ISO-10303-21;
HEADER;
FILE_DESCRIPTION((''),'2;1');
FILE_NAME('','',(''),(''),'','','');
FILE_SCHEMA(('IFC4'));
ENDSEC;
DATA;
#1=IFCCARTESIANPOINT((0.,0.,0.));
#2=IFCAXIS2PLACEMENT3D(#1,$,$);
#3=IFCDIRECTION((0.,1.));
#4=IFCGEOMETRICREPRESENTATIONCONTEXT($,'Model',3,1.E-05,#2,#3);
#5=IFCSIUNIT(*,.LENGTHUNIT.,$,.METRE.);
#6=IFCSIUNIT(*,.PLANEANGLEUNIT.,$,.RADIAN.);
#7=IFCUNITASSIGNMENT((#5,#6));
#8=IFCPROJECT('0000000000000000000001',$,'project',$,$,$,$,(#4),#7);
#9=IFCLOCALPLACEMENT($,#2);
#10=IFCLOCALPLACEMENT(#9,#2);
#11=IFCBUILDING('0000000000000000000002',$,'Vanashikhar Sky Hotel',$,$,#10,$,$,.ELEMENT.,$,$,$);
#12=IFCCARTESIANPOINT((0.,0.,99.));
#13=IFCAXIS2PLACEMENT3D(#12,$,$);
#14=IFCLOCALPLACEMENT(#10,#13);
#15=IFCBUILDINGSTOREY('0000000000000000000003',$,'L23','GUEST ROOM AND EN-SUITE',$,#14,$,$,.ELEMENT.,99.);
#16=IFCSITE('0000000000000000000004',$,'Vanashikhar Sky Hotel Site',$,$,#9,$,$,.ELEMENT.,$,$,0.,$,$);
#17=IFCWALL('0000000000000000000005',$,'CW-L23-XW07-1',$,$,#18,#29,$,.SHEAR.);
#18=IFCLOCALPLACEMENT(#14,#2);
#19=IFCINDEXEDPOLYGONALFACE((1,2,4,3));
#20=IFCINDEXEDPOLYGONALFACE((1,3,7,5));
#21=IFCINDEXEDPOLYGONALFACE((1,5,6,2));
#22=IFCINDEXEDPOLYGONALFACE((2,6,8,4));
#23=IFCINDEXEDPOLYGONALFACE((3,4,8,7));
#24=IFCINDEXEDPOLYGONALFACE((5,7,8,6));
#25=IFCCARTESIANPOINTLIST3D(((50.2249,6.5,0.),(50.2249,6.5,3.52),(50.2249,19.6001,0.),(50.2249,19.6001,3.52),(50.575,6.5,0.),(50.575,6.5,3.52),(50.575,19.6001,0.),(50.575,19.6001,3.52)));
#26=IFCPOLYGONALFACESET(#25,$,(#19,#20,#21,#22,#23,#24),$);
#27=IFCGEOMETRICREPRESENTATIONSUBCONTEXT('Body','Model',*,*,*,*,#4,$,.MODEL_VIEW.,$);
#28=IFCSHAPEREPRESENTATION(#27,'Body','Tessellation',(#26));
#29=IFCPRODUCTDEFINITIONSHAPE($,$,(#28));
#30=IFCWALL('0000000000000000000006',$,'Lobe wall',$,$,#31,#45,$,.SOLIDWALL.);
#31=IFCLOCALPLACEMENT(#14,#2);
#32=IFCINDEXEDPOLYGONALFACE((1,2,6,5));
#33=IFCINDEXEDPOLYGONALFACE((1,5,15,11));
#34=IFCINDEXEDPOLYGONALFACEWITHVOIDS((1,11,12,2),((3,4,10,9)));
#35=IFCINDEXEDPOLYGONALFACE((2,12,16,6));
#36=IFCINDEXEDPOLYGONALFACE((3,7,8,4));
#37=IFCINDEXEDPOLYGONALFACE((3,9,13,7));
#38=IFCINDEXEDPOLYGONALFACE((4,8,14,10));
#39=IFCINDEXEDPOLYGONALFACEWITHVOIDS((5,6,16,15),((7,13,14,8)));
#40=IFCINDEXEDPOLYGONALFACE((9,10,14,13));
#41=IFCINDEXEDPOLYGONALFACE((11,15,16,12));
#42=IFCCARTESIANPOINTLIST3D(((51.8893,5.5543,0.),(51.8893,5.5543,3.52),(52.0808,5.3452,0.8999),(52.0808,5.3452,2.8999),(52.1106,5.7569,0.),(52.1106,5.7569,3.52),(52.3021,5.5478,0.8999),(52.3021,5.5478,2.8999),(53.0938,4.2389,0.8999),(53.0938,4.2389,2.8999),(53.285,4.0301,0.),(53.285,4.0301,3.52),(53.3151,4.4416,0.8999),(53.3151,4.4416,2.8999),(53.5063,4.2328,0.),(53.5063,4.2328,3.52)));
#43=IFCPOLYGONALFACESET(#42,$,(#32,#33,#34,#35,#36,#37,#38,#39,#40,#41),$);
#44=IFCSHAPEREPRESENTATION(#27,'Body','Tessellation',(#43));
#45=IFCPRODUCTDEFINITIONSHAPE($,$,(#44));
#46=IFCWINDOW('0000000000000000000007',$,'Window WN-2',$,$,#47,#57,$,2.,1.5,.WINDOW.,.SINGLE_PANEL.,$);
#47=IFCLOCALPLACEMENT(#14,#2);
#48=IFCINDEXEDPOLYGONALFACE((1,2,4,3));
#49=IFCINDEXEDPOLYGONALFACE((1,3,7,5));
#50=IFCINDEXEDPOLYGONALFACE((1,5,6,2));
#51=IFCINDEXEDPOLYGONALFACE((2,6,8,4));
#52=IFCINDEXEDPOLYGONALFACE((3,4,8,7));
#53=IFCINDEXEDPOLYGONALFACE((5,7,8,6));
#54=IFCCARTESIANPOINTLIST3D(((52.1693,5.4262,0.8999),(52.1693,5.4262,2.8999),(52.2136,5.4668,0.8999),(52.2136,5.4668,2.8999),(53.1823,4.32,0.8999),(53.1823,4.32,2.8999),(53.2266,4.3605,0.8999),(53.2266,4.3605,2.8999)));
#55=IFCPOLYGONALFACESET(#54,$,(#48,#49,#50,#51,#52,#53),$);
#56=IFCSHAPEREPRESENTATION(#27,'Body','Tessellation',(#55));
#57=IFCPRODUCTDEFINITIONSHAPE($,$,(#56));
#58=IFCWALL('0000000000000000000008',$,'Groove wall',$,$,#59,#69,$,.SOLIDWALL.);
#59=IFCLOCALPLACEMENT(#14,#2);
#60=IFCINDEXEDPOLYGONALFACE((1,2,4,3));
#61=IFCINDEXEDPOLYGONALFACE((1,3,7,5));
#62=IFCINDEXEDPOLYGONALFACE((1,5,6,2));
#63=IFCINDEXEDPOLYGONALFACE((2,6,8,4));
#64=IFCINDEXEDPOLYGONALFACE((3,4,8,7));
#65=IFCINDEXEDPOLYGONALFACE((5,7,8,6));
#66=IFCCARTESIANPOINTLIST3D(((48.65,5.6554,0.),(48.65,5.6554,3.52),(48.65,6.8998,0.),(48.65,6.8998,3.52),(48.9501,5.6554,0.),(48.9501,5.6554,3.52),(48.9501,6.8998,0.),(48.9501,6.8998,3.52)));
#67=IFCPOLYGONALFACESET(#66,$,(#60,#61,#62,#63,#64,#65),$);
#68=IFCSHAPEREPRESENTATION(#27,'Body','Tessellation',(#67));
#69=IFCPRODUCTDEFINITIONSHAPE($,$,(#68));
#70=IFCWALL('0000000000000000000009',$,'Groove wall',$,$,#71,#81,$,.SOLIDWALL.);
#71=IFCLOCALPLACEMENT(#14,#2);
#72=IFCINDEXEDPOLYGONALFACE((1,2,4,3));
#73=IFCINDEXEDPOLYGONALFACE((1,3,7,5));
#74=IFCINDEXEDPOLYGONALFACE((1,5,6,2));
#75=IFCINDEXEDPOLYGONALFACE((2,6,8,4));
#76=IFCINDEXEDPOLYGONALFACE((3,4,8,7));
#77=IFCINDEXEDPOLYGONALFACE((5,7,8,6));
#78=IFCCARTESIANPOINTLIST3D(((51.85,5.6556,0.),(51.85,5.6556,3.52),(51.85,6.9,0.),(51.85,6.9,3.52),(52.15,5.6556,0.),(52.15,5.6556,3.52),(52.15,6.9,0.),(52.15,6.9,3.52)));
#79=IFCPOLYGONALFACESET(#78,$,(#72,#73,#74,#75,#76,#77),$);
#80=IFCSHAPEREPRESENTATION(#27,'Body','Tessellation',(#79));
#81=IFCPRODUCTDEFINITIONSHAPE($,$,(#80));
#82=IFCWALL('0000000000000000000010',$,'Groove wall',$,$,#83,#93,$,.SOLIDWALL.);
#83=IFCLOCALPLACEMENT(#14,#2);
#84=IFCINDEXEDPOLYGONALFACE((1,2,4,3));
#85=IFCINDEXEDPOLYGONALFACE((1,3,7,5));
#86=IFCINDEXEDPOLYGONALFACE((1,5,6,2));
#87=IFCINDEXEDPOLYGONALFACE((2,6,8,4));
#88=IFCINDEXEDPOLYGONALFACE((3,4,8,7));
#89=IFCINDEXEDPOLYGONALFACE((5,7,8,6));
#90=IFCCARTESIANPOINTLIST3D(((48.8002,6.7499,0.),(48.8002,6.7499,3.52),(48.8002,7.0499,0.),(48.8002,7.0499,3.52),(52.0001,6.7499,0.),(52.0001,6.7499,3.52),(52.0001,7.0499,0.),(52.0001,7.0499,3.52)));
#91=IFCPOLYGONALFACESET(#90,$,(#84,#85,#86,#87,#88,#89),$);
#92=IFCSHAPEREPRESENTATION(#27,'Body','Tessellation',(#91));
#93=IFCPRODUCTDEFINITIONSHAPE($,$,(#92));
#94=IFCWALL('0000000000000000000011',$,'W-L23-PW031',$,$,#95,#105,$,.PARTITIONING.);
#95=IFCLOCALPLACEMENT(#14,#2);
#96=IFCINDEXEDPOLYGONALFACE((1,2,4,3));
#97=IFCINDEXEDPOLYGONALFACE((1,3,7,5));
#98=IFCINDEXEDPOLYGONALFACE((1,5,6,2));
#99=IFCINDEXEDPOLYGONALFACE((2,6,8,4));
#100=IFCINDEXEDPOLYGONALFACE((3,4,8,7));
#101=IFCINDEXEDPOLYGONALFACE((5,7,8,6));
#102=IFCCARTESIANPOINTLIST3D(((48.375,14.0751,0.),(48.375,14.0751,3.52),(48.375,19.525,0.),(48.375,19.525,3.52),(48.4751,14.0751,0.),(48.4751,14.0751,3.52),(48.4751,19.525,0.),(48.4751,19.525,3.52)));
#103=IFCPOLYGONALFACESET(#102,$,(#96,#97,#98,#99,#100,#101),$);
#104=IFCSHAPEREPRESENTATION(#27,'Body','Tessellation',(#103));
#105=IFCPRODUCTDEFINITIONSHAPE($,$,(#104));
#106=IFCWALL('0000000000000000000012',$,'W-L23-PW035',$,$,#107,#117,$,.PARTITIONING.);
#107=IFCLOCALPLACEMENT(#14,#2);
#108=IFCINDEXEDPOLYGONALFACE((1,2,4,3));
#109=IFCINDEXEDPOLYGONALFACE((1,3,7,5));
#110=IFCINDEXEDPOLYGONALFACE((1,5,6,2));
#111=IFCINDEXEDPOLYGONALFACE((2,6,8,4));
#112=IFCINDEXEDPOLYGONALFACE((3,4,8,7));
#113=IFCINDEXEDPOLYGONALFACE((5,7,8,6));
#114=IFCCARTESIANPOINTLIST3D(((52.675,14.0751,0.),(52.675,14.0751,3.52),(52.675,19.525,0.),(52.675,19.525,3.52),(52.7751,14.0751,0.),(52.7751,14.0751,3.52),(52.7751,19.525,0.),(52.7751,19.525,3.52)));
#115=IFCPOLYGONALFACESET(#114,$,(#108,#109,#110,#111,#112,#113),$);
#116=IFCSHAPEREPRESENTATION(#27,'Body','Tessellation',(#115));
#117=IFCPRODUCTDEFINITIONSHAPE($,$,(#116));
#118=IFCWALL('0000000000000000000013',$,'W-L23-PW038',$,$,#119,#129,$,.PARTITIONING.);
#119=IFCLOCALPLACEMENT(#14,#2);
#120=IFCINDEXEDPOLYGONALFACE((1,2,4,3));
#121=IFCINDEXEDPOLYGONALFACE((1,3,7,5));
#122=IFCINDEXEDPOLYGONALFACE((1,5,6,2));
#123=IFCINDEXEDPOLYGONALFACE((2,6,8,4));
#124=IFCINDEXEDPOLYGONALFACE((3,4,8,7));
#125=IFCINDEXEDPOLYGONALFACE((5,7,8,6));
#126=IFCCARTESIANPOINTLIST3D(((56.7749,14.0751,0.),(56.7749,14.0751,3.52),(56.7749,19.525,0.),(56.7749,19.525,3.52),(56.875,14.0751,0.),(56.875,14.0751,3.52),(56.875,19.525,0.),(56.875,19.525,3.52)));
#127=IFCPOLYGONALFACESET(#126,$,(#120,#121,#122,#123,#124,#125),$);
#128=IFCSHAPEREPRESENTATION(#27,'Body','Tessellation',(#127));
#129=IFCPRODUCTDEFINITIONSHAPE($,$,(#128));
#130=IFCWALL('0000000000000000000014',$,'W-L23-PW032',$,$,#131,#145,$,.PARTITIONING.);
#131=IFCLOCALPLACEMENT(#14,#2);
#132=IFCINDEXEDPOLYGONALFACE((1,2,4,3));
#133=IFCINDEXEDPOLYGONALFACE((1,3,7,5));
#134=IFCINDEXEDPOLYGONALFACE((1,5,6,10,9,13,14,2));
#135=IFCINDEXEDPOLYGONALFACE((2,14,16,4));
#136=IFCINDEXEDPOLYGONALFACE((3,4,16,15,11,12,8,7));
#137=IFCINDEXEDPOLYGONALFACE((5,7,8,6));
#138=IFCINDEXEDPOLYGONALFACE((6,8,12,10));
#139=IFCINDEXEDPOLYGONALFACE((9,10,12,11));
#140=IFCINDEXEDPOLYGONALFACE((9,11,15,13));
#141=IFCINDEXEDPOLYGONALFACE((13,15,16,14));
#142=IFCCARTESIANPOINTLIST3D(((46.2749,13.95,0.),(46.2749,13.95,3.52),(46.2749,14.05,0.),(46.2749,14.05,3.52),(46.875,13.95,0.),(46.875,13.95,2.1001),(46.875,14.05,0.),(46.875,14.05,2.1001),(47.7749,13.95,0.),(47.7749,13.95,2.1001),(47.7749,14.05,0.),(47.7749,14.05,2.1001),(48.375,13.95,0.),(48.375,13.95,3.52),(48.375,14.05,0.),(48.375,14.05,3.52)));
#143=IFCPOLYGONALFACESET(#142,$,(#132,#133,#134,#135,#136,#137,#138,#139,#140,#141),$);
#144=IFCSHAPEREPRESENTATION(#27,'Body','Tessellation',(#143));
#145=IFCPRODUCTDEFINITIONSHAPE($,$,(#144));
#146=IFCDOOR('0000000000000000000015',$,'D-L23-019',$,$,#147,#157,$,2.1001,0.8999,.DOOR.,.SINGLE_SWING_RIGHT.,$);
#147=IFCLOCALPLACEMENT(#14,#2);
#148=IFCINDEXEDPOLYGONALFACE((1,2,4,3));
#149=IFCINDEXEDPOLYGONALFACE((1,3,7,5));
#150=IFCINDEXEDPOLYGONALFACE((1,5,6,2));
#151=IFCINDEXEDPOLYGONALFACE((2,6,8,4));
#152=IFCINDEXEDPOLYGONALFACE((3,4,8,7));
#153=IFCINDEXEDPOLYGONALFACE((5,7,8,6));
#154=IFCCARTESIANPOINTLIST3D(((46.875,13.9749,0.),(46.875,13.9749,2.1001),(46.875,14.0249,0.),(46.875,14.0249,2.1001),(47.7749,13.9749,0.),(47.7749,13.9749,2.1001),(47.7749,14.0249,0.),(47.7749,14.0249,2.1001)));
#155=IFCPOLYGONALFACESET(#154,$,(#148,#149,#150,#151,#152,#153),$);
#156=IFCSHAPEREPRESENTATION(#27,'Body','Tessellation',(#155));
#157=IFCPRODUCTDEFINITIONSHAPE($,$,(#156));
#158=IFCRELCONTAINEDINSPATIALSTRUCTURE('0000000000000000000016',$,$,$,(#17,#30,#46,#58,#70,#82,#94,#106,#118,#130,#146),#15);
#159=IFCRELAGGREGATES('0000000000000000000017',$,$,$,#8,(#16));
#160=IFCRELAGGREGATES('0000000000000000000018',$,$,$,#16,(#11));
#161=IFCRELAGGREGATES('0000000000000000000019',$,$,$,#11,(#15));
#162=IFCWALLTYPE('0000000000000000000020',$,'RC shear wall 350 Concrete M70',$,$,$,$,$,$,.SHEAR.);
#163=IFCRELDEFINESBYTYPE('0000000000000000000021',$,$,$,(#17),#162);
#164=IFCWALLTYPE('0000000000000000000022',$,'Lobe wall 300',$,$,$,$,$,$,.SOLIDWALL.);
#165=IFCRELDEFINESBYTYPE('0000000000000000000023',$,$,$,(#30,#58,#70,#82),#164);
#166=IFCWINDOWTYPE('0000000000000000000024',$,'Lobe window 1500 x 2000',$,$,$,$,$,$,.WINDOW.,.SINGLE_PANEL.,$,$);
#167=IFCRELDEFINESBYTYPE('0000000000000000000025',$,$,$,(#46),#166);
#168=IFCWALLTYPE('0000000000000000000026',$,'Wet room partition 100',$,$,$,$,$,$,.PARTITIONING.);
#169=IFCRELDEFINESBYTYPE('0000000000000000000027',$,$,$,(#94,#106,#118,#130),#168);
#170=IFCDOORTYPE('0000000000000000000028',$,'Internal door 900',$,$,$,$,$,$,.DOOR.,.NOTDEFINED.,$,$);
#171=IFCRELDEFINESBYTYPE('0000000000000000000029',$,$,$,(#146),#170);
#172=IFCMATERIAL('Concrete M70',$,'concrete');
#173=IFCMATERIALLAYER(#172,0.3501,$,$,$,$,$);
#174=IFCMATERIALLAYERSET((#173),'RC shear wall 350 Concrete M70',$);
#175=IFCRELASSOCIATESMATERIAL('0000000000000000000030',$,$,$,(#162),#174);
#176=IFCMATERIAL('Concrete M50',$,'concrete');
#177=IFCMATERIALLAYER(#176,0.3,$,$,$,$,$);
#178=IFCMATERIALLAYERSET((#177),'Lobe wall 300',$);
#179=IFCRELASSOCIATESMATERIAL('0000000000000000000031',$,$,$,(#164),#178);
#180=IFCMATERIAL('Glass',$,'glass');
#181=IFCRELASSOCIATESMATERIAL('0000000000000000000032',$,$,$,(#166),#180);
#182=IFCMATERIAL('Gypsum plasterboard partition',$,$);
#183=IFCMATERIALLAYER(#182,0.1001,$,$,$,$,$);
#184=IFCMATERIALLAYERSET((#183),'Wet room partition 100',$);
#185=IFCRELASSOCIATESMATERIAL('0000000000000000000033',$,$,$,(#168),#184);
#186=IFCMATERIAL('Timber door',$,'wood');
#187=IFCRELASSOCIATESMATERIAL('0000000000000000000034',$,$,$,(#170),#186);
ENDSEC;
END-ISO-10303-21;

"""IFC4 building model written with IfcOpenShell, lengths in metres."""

from ifc_helpers import new_model, si_unit, direction, frame, frame_2d, origin, place, context, subcontext, project, spatial, rectangle, extrude, source, transform, mapped, material, layer, layer_set, type_object, element, fill, save


model = new_model("IFC4")

# Units and contexts
model_context = context("Model", 3, precision=1e-05, world=origin(), true_north=direction((0.0, 1.0)))
body_context = subcontext(model_context, "Body", "Model", "MODEL_VIEW")
ifc_project = project(units=[si_unit("LENGTHUNIT", "METRE"), si_unit("PLANEANGLEUNIT", "RADIAN")], contexts=[model_context])

# Site, building, storey
site_placement = place(None, origin())
site = spatial("IfcSite", under=ifc_project, at=site_placement, Name="Vanashikhar Sky Hotel Site", CompositionType="ELEMENT", RefElevation=0.0)
building_placement = place(site_placement, origin())
building = spatial("IfcBuilding", under=site, at=building_placement, Name="Vanashikhar Sky Hotel", CompositionType="ELEMENT")
storey_placement = place(building_placement, frame((0.0, 0.0, 99.0)))
storey = spatial("IfcBuildingStorey", under=building, at=storey_placement, Name="L23", Description="GUEST ROOM AND EN-SUITE", CompositionType="ELEMENT", Elevation=99.0)

# Wall
ifc_material_1 = material(Name="Concrete M70", Category="concrete")
ifc_layer_1 = layer(ifc_material_1, 0.3501)
ifc_layer_set_1 = layer_set([ifc_layer_1], Name="RC shear wall 350 Concrete M70")
wall_type_1 = type_object("IfcWallType", Name="RC shear wall 350 Concrete M70", PredefinedType="SHEAR", material=ifc_layer_set_1)
shared_shape_1 = source(origin(), body_context, "Body", "SweptSolid", [
    extrude(rectangle(XDim=13.1001, YDim=0.3501, at=frame_2d((6.55, 0.0))), origin(), (0.0, 0.0, 1.0), 3.52),
])
wall_1_placement = place(storey_placement, frame((50.3999, 6.5, 0.0), z_axis=(0.0, 0.0, 1.0), x_axis=(0.0, 1.0, 0.0)))
element("IfcWall", 1, at=wall_1_placement, inside=storey, type_object=wall_type_1, Name="CW-L23-XW07-1", PredefinedType="SHEAR", context=body_context, shape_type="MappedRepresentation", body=[
    mapped(shared_shape_1, transform((0.0, 0.0, 0.0), scale=1.0)),
])

# Wall, opening, window
ifc_material_2 = material(Name="Concrete M50", Category="concrete")
ifc_layer_2 = layer(ifc_material_2, 0.3)
ifc_layer_set_2 = layer_set([ifc_layer_2], Name="Lobe wall 300")
wall_type_2 = type_object("IfcWallType", Name="Lobe wall 300", PredefinedType="SOLIDWALL", material=ifc_layer_set_2)
shared_shape_2 = source(origin(), body_context, "Body", "SweptSolid", [
    extrude(rectangle(XDim=2.0667, YDim=0.3, at=frame_2d((1.0332, 0.0))), origin(), (0.0, 0.0, 1.0), 3.52),
])
wall_2_placement = place(storey_placement, frame((52.0, 5.6555, 0.0), z_axis=(0.0, 0.0, 1.0), x_axis=(0.675355, -0.737492, 0.0)))
wall_2 = element("IfcWall", 2, at=wall_2_placement, inside=storey, type_object=wall_type_2, Name="Lobe wall", PredefinedType="SOLIDWALL", context=body_context, shape_type="MappedRepresentation", body=[
    mapped(shared_shape_2, transform((0.0, 0.0, 0.0), scale=1.0)),
])
shared_shape_3 = source(origin(), body_context, "Body", "SweptSolid", [
    extrude(rectangle(XDim=1.5, YDim=2.0, at=frame_2d((0.75, 1.0))), frame((0.0, 0.1602, 0.0), z_axis=(0.0, -1.0, 0.0), x_axis=(1.0, 0.0, 0.0)), (0.0, 0.0, 1.0), 0.3201),
])
opening_1_placement = place(wall_2_placement, frame((0.2834, 0.0, 0.8999)))
opening_1 = element("IfcOpeningElement", 3, at=opening_1_placement, cuts=wall_2, PredefinedType="OPENING", context=body_context, shape_type="MappedRepresentation", body=[
    mapped(shared_shape_3, transform((0.0, 0.0, 0.0), scale=1.0)),
])
ifc_material_3 = material(Name="Glass", Category="glass")
window_type = type_object("IfcWindowType", Name="Lobe window 1500 x 2000", PartitioningType="SINGLE_PANEL", PredefinedType="WINDOW", material=ifc_material_3)
shared_shape_4 = source(origin(), body_context, "Body", "SweptSolid", [
    extrude(rectangle(XDim=1.5, YDim=2.0, at=frame_2d((0.75, 1.0))), frame((0.0, 0.03, 0.0), z_axis=(0.0, -1.0, 0.0), x_axis=(1.0, 0.0, 0.0)), (0.0, 0.0, 1.0), 0.0601),
])
window_placement = place(opening_1_placement, origin())
window = element("IfcWindow", 4, at=window_placement, inside=storey, type_object=window_type, Name="Window WN-2", OverallHeight=2.0, OverallWidth=1.5, PartitioningType="SINGLE_PANEL", PredefinedType="WINDOW", context=body_context, shape_type="MappedRepresentation", body=[
    mapped(shared_shape_4, transform((0.0, 0.0, 0.0), scale=1.0)),
])
fill(opening_1, window)

# Walls
shared_shape_5 = source(origin(), body_context, "Body", "SweptSolid", [
    extrude(rectangle(XDim=1.2444, YDim=0.3, at=frame_2d((0.6221, 0.0))), origin(), (0.0, 0.0, 1.0), 3.52),
])
for number, where, z_axis, x_axis, name in (
    (5, (48.8, 5.6555, 0.0), (0.0, 0.0, 1.0), (0.0, 1.0, 0.0), "Groove wall"),
    (6, (52.0, 6.8999, 0.0), (0.0, 0.0, 1.0), (0.0, -1.0, 0.0), "Groove wall"),
):
    element("IfcWall", number, at=place(storey_placement, frame(where, z_axis=z_axis, x_axis=x_axis)), inside=storey, type_object=wall_type_2, Name=name, PredefinedType="SOLIDWALL", context=body_context, shape_type="MappedRepresentation", body=[
        mapped(shared_shape_5, transform((0.0, 0.0, 0.0), scale=1.0)),
    ])
shared_shape_6 = source(origin(), body_context, "Body", "SweptSolid", [
    extrude(rectangle(XDim=3.2, YDim=0.3, at=frame_2d((1.6001, 0.0))), origin(), (0.0, 0.0, 1.0), 3.52),
])
wall_3_placement = place(storey_placement, frame((48.8, 6.8999, 0.0), z_axis=(0.0, 0.0, 1.0), x_axis=(1.0, 0.0, 0.0)))
element("IfcWall", 7, at=wall_3_placement, inside=storey, type_object=wall_type_2, Name="Groove wall", PredefinedType="SOLIDWALL", context=body_context, shape_type="MappedRepresentation", body=[
    mapped(shared_shape_6, transform((0.0, 0.0, 0.0), scale=1.0)),
])
ifc_material_4 = material(Name="Gypsum plasterboard partition")
ifc_layer_3 = layer(ifc_material_4, 0.1001)
ifc_layer_set_3 = layer_set([ifc_layer_3], Name="Wet room partition 100")
wall_type_3 = type_object("IfcWallType", Name="Wet room partition 100", PredefinedType="PARTITIONING", material=ifc_layer_set_3)
shared_shape_7 = source(origin(), body_context, "Body", "SweptSolid", [
    extrude(rectangle(XDim=5.45, YDim=0.1001, at=frame_2d((2.7251, 0.0))), origin(), (0.0, 0.0, 1.0), 3.52),
])
for number, where, z_axis, x_axis, name in (
    (8, (48.425, 14.075, 0.0), (0.0, 0.0, 1.0), (0.0, 1.0, 0.0), "W-L23-PW031"),
    (9, (52.7251, 14.075, 0.0), (0.0, 0.0, 1.0), (0.0, 1.0, 0.0), "W-L23-PW035"),
    (10, (56.825, 14.075, 0.0), (0.0, 0.0, 1.0), (0.0, 1.0, 0.0), "W-L23-PW038"),
):
    element("IfcWall", number, at=place(storey_placement, frame(where, z_axis=z_axis, x_axis=x_axis)), inside=storey, type_object=wall_type_3, Name=name, PredefinedType="PARTITIONING", context=body_context, shape_type="MappedRepresentation", body=[
        mapped(shared_shape_7, transform((0.0, 0.0, 0.0), scale=1.0)),
    ])

# Wall, opening, door
shared_shape_8 = source(origin(), body_context, "Body", "SweptSolid", [
    extrude(rectangle(XDim=2.1001, YDim=0.1001, at=frame_2d((1.05, 0.0))), origin(), (0.0, 0.0, 1.0), 3.52),
])
wall_4_placement = place(storey_placement, frame((46.2749, 14.0, 0.0), z_axis=(0.0, 0.0, 1.0), x_axis=(1.0, 0.0, 0.0)))
wall_4 = element("IfcWall", 11, at=wall_4_placement, inside=storey, type_object=wall_type_3, Name="W-L23-PW032", PredefinedType="PARTITIONING", context=body_context, shape_type="MappedRepresentation", body=[
    mapped(shared_shape_8, transform((0.0, 0.0, 0.0), scale=1.0)),
])
shared_shape_9 = source(origin(), body_context, "Body", "SweptSolid", [
    extrude(rectangle(XDim=0.8999, YDim=2.1001, at=frame_2d((0.45, 1.05))), frame((0.0, 0.0601, 0.0), z_axis=(0.0, -1.0, 0.0), x_axis=(1.0, 0.0, 0.0)), (0.0, 0.0, 1.0), 0.1201),
])
opening_2_placement = place(wall_4_placement, frame((0.6001, 0.0, 0.0)))
opening_2 = element("IfcOpeningElement", 12, at=opening_2_placement, cuts=wall_4, PredefinedType="OPENING", context=body_context, shape_type="MappedRepresentation", body=[
    mapped(shared_shape_9, transform((0.0, 0.0, 0.0), scale=1.0)),
])
ifc_material_5 = material(Name="Timber door", Category="wood")
door_type = type_object("IfcDoorType", Name="Internal door 900", OperationType="NOTDEFINED", PredefinedType="DOOR", material=ifc_material_5)
shared_shape_10 = source(origin(), body_context, "Body", "SweptSolid", [
    extrude(rectangle(XDim=0.8999, YDim=2.1001, at=frame_2d((0.45, 1.05))), frame((0.0, 0.0249, 0.0), z_axis=(0.0, -1.0, 0.0), x_axis=(1.0, 0.0, 0.0)), (0.0, 0.0, 1.0), 0.05),
])
door_1_placement = place(opening_2_placement, origin())
door_1 = element("IfcDoor", 13, at=door_1_placement, inside=storey, type_object=door_type, Name="D-L23-019", OperationType="SINGLE_SWING_RIGHT", OverallHeight=2.1001, OverallWidth=0.8999, PredefinedType="DOOR", context=body_context, shape_type="MappedRepresentation", body=[
    mapped(shared_shape_10, transform((0.0, 0.0, 0.0), scale=1.0)),
])
fill(opening_2, door_1)

save(model, "model.ifc")
